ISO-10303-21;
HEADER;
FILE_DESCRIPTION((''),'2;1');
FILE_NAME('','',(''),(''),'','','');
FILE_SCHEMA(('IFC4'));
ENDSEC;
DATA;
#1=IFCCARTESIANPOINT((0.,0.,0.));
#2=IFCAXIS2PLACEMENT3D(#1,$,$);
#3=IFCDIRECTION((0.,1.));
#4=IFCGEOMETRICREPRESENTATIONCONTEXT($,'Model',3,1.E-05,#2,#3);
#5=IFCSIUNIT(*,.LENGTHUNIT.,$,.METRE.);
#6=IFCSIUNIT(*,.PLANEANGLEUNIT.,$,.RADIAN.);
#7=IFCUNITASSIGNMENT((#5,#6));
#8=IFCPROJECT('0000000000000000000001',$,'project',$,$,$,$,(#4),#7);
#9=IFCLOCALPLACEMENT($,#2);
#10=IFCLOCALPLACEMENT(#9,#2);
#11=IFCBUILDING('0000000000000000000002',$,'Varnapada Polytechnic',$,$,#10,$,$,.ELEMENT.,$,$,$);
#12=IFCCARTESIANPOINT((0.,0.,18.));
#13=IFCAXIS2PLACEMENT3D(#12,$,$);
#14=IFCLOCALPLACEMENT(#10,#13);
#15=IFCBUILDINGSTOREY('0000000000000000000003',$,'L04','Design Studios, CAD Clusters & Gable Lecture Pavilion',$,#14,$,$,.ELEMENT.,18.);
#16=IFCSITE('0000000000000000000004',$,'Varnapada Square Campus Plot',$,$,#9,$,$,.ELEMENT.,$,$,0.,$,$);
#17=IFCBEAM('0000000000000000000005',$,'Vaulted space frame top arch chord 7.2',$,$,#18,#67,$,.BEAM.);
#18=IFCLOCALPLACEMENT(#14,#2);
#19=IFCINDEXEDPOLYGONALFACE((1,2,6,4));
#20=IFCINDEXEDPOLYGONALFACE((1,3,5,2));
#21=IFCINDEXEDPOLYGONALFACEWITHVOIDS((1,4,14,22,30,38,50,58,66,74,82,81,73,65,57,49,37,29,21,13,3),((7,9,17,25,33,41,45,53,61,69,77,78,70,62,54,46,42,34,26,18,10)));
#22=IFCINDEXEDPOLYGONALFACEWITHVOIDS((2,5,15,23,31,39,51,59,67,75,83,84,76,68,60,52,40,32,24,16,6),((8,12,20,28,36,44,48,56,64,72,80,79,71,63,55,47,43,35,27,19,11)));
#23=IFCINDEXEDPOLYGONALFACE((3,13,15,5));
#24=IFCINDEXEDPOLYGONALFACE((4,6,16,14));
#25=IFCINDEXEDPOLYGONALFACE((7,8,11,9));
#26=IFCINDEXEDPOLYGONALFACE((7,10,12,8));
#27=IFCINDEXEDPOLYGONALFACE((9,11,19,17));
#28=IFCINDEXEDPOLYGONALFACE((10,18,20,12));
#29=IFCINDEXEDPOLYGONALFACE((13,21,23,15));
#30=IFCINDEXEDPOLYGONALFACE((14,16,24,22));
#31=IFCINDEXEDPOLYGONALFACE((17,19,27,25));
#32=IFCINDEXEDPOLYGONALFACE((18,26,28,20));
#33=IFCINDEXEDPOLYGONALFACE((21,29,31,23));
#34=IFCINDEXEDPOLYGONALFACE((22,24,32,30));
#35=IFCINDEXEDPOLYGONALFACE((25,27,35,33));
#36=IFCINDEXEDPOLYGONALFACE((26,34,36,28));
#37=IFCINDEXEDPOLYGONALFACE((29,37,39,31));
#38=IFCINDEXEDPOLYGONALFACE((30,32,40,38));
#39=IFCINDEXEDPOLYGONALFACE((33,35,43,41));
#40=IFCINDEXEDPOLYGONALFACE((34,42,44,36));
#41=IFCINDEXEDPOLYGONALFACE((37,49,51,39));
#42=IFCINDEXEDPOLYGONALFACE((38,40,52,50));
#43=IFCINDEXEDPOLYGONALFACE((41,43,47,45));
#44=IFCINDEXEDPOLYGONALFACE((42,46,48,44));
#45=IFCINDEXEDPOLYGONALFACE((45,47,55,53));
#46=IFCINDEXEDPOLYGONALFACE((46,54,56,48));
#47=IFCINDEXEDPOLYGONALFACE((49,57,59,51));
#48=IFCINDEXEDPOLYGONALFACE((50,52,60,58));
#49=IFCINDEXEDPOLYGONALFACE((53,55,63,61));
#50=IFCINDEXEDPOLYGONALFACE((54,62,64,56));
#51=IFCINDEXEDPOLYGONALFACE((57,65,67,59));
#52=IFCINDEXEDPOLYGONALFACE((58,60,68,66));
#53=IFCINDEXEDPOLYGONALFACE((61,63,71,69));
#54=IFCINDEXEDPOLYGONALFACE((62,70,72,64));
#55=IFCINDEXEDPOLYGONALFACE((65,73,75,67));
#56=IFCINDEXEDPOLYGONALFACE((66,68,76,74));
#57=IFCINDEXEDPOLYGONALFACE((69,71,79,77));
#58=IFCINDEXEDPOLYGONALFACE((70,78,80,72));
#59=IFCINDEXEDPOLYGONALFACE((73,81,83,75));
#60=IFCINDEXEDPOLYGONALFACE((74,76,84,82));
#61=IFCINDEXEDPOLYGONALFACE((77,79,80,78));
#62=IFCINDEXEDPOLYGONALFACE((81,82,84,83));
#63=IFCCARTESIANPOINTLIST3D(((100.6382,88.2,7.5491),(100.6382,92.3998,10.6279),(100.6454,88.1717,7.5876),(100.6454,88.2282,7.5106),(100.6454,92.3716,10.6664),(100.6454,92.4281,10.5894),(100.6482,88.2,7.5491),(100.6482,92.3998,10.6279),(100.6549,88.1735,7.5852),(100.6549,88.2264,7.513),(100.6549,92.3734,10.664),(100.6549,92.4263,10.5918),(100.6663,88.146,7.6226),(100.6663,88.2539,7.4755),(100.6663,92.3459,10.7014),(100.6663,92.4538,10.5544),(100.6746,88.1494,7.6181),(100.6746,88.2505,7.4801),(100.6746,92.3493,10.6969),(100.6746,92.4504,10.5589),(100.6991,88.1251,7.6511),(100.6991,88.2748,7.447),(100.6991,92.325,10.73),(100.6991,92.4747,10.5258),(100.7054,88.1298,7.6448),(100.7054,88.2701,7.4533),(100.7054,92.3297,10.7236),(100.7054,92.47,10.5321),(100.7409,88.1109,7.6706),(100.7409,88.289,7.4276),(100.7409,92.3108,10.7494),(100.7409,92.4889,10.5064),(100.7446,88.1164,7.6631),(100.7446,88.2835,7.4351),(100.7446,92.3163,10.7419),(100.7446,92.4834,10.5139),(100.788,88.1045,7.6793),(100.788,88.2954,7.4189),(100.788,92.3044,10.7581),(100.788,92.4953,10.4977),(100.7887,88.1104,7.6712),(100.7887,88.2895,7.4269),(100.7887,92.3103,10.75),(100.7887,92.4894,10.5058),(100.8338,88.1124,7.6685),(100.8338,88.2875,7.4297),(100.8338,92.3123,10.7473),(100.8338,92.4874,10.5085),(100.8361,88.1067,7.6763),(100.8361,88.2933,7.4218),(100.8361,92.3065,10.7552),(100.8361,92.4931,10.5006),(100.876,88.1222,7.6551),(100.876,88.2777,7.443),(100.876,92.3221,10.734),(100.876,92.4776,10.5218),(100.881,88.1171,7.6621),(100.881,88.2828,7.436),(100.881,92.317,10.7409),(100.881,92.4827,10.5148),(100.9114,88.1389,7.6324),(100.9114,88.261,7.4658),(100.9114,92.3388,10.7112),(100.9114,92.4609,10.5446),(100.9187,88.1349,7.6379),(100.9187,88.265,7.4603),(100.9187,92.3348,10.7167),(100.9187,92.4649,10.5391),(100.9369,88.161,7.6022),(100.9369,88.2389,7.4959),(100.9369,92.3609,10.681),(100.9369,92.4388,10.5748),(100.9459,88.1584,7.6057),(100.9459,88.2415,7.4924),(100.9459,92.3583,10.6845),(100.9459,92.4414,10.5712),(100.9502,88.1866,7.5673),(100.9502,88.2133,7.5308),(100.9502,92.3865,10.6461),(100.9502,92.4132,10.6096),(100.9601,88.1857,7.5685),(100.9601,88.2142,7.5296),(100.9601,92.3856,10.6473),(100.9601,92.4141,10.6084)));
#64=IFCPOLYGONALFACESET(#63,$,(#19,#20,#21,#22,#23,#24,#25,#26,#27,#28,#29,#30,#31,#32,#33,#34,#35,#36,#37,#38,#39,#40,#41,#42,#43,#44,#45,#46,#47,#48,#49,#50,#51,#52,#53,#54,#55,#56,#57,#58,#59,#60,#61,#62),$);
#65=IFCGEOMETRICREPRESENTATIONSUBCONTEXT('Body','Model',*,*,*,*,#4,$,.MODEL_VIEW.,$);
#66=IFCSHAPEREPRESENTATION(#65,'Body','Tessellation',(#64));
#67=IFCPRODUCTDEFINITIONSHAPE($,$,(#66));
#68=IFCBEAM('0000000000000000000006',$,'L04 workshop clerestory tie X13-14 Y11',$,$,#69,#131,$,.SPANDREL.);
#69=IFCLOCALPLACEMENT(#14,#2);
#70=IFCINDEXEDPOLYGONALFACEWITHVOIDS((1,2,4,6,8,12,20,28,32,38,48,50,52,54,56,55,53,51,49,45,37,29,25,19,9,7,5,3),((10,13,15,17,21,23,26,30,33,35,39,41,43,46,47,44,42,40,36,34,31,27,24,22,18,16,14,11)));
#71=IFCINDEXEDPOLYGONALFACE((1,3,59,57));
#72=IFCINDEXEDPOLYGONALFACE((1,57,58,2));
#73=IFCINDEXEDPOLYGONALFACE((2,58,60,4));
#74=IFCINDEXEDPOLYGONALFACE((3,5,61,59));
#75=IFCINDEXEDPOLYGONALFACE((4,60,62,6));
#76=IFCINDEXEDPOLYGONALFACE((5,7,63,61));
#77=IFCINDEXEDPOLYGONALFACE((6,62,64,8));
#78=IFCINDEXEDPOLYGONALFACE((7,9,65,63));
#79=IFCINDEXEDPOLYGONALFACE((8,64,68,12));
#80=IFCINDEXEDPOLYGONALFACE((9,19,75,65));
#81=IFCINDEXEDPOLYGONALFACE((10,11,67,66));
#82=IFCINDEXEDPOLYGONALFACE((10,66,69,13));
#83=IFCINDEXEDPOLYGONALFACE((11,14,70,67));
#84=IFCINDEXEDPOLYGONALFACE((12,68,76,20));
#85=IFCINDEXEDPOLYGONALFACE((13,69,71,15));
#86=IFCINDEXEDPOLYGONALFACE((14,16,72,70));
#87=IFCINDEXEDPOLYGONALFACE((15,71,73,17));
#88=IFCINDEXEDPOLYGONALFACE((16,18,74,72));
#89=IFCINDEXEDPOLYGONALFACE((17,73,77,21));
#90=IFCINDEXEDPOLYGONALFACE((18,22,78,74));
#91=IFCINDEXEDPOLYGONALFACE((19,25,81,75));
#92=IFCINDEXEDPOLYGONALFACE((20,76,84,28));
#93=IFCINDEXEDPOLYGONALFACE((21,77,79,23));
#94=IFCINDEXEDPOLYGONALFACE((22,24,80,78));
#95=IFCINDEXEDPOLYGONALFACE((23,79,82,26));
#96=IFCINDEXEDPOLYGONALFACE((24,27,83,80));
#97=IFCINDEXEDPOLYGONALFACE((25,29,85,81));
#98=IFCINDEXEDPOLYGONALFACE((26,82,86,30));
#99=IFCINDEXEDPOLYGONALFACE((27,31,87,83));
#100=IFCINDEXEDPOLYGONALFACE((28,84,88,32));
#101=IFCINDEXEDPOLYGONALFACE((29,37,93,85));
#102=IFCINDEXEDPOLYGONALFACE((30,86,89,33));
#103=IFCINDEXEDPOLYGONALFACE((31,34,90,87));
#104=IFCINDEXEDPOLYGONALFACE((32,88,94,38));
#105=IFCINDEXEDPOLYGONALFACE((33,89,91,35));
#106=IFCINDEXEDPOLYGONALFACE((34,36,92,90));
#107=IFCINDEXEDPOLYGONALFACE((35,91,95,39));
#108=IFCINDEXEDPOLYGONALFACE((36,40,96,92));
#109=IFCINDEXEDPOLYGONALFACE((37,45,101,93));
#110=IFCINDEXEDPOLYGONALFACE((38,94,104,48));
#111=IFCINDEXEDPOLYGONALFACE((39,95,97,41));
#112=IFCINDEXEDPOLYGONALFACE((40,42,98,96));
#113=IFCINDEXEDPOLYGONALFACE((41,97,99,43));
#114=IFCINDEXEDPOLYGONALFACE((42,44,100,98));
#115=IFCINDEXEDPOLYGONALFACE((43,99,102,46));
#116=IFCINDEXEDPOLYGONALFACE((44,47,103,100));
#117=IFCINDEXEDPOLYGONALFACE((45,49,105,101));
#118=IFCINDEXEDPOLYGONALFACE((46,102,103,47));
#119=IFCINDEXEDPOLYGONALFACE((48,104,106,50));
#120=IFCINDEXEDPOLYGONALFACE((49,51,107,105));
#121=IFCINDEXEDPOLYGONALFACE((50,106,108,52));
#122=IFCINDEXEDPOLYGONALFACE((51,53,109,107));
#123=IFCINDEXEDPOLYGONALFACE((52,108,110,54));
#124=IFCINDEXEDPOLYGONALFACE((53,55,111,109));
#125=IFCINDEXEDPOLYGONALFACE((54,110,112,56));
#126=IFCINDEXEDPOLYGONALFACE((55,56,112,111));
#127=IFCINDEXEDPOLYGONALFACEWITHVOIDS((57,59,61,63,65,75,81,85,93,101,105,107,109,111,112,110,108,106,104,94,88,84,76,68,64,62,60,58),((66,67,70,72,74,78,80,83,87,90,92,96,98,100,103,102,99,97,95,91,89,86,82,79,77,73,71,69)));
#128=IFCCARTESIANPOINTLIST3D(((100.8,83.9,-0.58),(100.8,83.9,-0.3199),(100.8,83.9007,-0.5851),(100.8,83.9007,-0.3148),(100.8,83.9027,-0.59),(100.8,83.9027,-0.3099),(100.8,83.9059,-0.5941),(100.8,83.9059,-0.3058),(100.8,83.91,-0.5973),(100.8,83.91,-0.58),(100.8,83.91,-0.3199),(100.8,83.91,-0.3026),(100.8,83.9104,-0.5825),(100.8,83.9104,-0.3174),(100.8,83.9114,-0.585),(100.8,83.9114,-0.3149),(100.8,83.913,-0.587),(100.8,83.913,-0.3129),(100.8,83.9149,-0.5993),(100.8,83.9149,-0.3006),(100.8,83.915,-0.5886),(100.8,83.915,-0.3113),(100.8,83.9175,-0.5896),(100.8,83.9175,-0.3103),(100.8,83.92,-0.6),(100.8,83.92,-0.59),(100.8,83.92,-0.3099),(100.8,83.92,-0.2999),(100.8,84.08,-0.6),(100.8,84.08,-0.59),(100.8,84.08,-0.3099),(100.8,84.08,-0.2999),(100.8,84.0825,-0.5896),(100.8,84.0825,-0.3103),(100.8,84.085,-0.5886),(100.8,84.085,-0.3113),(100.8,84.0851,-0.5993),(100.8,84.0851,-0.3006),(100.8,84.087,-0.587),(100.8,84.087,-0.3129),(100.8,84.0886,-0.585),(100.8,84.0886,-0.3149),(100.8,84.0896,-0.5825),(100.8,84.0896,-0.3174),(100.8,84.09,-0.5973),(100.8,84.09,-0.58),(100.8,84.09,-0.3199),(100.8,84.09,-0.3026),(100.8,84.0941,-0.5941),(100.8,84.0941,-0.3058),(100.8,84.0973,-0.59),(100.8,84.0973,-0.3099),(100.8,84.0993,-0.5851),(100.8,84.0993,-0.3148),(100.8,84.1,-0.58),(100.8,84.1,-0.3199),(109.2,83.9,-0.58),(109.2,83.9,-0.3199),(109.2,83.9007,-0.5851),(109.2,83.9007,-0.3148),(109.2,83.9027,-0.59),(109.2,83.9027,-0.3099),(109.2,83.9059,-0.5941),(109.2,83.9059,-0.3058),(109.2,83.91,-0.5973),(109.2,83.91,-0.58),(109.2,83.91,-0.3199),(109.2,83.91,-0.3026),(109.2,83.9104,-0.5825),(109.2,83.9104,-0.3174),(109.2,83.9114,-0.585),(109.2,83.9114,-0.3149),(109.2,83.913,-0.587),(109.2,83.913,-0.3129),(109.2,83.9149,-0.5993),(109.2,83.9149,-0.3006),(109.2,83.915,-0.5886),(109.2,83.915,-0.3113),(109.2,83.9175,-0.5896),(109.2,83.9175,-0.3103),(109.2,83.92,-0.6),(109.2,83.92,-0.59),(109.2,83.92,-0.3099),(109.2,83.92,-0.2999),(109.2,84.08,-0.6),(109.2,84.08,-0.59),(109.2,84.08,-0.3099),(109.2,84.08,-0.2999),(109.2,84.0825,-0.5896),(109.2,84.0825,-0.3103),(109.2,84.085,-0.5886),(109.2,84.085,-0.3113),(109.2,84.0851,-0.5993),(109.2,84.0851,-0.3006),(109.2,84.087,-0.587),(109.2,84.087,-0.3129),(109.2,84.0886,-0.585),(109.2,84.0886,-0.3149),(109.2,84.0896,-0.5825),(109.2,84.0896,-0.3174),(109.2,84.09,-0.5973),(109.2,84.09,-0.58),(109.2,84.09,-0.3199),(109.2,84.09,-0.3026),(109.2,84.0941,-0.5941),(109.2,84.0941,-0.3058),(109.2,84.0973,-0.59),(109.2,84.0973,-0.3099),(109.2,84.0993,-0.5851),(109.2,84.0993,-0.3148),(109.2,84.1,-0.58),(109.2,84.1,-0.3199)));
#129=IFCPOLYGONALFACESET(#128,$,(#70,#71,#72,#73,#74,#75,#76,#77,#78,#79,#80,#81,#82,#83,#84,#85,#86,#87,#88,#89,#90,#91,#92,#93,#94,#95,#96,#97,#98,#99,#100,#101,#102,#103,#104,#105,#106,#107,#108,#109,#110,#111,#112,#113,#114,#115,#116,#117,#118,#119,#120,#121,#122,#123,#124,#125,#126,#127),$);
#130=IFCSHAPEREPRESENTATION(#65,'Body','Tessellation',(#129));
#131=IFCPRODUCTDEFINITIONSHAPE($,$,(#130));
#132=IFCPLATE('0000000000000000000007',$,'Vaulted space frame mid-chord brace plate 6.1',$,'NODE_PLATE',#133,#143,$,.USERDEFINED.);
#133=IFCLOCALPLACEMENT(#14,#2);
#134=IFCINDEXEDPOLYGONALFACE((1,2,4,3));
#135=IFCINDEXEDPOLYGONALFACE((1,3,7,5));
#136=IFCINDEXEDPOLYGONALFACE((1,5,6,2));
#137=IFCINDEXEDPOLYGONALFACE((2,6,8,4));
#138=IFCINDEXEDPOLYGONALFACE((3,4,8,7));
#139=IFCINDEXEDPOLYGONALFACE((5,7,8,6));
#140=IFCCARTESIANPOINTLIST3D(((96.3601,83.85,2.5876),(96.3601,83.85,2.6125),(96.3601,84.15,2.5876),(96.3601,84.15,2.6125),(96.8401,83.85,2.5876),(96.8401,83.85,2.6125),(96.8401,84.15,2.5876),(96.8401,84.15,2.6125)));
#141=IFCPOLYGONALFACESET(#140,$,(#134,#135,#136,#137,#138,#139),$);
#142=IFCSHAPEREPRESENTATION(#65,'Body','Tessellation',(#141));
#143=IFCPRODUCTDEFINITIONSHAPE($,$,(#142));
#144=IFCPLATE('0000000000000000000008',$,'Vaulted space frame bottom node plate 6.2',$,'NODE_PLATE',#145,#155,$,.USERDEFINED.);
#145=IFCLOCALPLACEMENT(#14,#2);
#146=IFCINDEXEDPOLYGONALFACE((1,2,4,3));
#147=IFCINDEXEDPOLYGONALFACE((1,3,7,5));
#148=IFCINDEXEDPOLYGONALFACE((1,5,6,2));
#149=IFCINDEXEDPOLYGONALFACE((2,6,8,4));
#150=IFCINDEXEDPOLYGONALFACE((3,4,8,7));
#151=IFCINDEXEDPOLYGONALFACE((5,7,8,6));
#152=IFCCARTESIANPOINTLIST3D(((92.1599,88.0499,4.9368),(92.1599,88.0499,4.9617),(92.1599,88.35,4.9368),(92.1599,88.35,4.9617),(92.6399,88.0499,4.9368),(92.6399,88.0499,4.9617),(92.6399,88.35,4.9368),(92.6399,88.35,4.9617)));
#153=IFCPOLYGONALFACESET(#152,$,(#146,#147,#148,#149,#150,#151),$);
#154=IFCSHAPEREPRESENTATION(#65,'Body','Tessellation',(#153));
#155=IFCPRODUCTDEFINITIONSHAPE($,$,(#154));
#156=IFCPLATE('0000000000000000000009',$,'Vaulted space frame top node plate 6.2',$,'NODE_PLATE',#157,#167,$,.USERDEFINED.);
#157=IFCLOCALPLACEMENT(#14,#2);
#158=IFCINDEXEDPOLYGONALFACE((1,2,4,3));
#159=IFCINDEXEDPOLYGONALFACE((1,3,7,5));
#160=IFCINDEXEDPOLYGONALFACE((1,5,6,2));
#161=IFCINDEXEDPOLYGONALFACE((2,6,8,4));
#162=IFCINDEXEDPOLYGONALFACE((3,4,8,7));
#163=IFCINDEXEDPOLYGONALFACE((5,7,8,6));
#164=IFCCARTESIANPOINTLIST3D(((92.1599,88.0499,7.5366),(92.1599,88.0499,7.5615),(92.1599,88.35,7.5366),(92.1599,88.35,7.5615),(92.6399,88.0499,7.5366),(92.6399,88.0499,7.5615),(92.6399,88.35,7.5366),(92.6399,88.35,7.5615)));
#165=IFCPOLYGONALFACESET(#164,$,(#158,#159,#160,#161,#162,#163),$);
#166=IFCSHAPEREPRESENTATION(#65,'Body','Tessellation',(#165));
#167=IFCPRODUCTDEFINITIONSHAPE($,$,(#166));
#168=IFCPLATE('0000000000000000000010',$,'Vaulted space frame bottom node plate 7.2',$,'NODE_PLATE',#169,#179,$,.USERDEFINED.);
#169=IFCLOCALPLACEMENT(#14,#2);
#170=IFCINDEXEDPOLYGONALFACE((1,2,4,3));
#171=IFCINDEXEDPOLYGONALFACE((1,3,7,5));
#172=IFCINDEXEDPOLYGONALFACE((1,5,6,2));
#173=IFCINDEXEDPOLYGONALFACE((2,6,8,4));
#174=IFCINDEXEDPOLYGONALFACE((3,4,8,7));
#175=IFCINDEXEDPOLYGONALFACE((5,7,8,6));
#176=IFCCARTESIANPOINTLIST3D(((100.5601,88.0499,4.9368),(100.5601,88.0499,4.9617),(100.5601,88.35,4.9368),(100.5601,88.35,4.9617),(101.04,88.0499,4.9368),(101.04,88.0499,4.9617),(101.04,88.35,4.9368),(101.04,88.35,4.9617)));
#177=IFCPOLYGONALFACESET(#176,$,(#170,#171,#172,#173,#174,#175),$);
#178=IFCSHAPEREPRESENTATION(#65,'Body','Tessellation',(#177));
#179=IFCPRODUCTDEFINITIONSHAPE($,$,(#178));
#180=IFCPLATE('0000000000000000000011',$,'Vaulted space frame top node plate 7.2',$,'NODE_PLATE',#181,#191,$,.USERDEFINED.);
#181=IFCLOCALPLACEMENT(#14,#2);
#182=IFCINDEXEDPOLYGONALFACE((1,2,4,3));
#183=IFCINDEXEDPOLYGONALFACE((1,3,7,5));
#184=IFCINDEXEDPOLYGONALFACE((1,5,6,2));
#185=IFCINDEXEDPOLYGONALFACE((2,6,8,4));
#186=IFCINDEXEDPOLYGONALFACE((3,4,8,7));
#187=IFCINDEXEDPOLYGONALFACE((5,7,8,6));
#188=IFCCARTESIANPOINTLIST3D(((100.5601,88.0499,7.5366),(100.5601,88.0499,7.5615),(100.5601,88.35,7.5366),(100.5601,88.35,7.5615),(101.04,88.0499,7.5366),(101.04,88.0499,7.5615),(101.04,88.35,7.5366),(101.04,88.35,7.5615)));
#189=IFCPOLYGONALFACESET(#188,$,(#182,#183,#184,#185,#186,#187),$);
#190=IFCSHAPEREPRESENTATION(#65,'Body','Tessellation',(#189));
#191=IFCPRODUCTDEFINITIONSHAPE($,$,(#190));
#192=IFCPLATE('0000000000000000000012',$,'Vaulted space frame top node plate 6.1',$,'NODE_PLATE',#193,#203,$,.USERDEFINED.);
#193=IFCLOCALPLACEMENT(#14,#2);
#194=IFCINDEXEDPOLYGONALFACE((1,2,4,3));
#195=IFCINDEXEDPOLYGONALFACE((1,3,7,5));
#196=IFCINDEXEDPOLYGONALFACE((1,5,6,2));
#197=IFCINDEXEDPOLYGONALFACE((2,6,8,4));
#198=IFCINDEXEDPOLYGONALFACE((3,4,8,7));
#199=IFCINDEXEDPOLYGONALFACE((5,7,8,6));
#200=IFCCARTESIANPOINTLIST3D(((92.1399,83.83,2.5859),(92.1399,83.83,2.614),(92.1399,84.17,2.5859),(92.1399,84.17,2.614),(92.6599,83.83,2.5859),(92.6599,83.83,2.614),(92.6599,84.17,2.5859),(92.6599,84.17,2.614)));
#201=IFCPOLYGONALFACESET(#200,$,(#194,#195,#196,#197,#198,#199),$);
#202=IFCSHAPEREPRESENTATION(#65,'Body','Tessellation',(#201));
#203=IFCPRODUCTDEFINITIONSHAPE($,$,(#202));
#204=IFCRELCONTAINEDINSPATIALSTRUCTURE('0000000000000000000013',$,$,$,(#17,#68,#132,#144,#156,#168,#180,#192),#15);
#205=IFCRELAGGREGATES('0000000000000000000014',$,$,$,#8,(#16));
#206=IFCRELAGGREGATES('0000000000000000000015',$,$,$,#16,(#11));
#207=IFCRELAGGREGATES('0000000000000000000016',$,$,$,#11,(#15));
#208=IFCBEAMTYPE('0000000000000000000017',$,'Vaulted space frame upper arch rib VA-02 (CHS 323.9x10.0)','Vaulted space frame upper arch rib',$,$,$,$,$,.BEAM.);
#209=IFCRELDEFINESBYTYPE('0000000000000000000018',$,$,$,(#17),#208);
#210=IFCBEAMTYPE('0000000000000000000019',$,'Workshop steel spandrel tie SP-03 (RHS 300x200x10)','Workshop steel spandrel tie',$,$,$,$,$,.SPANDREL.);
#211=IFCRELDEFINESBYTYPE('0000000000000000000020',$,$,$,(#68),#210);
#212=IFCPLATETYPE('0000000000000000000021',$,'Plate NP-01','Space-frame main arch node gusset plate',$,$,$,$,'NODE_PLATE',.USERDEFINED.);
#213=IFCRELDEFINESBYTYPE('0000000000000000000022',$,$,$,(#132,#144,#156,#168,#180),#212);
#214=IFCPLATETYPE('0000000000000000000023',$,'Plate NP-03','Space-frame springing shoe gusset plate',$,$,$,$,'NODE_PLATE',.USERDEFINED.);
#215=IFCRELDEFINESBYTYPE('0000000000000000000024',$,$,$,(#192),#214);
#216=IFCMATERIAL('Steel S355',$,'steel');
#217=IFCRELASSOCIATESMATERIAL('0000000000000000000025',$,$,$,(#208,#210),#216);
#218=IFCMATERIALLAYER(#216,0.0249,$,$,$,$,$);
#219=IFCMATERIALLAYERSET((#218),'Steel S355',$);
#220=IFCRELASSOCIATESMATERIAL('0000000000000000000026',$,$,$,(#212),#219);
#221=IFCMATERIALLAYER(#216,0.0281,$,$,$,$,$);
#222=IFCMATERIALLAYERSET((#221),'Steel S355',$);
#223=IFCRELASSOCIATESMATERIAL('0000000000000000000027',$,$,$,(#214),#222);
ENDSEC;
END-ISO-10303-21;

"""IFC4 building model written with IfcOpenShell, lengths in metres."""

from ifc_helpers import new_model, si_unit, direction, frame, origin, origin_2d, place, context, subcontext, project, spatial, rectangle, hollow_rectangle, hollow_circle, extrude, material, layer, layer_set, material_profile, profile_set, type_object, element, save


model = new_model("IFC4")

# Units and contexts
model_context = context("Model", 3, precision=1e-05, world=origin(), true_north=direction((0.0, 1.0)))
body_context = subcontext(model_context, "Body", "Model", "MODEL_VIEW")
ifc_project = project(units=[si_unit("LENGTHUNIT", "METRE"), si_unit("PLANEANGLEUNIT", "RADIAN")], contexts=[model_context])

# Site, building, storey
site_placement = place(None, origin())
site = spatial("IfcSite", under=ifc_project, at=site_placement, Name="Varnapada Square Campus Plot", CompositionType="ELEMENT", RefElevation=0.0)
building_placement = place(site_placement, origin())
building = spatial("IfcBuilding", under=site, at=building_placement, Name="Varnapada Polytechnic", CompositionType="ELEMENT")
storey_placement = place(building_placement, frame((0.0, 0.0, 18.0)))
storey = spatial("IfcBuildingStorey", under=building, at=storey_placement, Name="L04", Description="Design Studios, CAD Clusters & Gable Lecture Pavilion", CompositionType="ELEMENT", Elevation=18.0)

# Shared definitions
ifc_material = material(Name="Steel S355", Category="steel")

# Beams
ifc_material_profile_1 = material_profile(ifc_material, hollow_circle(Radius=0.1619, WallThickness=0.01, at=origin_2d()), Name="CHS 323.9x10.0")
ifc_profile_set_1 = profile_set([ifc_material_profile_1], Name="Steel S355")
beam_type_1 = type_object("IfcBeamType", Name="Vaulted space frame upper arch rib VA-02 (CHS 323.9x10.0)", Description="Vaulted space frame upper arch rib", PredefinedType="BEAM", material=ifc_profile_set_1)
beam_1_placement = place(storey_placement, frame((100.8, 88.2, 7.5491), z_axis=(0.0, 0.806506, 0.591225), x_axis=(-1.0, 0.0, 0.0)))
element("IfcBeam", 1, at=beam_1_placement, inside=storey, type_object=beam_type_1, Name="Vaulted space frame top arch chord 7.2", PredefinedType="BEAM", context=body_context, shape_type="SweptSolid", body=[
    extrude(hollow_circle(Radius=0.1619, WallThickness=0.01, at=origin_2d()), origin(), (0.0, 0.0, 1.0), 5.2075),
])
ifc_material_profile_2 = material_profile(ifc_material, hollow_rectangle(XDim=0.2, YDim=0.3, WallThickness=0.01, InnerFilletRadius=0.01, OuterFilletRadius=0.02, at=origin_2d()), Name="RHS 300x200x10")
ifc_profile_set_2 = profile_set([ifc_material_profile_2], Name="Steel S355")
beam_type_2 = type_object("IfcBeamType", Name="Workshop steel spandrel tie SP-03 (RHS 300x200x10)", Description="Workshop steel spandrel tie", PredefinedType="SPANDREL", material=ifc_profile_set_2)
beam_2_placement = place(storey_placement, frame((100.8, 84.0, -0.45), z_axis=(1.0, 0.0, 0.0), x_axis=(0.0, 1.0, 0.0)))
element("IfcBeam", 2, at=beam_2_placement, inside=storey, type_object=beam_type_2, Name="L04 workshop clerestory tie X13-14 Y11", PredefinedType="SPANDREL", context=body_context, shape_type="SweptSolid", body=[
    extrude(hollow_rectangle(XDim=0.2, YDim=0.3, WallThickness=0.01, InnerFilletRadius=0.01, OuterFilletRadius=0.02, at=origin_2d()), origin(), (0.0, 0.0, 1.0), 8.3999),
])

# Plates
ifc_layer_1 = layer(ifc_material, 0.0249)
ifc_layer_set_1 = layer_set([ifc_layer_1], Name="Steel S355")
plate_type_1 = type_object("IfcPlateType", Name="Plate NP-01", Description="Space-frame main arch node gusset plate", ElementType="NODE_PLATE", PredefinedType="USERDEFINED", material=ifc_layer_set_1)
for number, where, z_axis, x_axis, name in (
    (3, (96.6001, 84.0, 2.5876), (0.0, 0.0, 1.0), (1.0, 0.0, 0.0), "Vaulted space frame mid-chord brace plate 6.1"),
    (4, (92.3999, 88.2, 4.9368), (0.0, 0.0, 1.0), (1.0, 0.0, 0.0), "Vaulted space frame bottom node plate 6.2"),
    (5, (92.3999, 88.2, 7.5366), (0.0, 0.0, 1.0), (1.0, 0.0, 0.0), "Vaulted space frame top node plate 6.2"),
    (6, (100.8, 88.2, 4.9368), (0.0, 0.0, 1.0), (1.0, 0.0, 0.0), "Vaulted space frame bottom node plate 7.2"),
    (7, (100.8, 88.2, 7.5366), (0.0, 0.0, 1.0), (1.0, 0.0, 0.0), "Vaulted space frame top node plate 7.2"),
):
    element("IfcPlate", number, at=place(storey_placement, frame(where, z_axis=z_axis, x_axis=x_axis)), inside=storey, type_object=plate_type_1, Name=name, ObjectType="NODE_PLATE", PredefinedType="USERDEFINED", context=body_context, shape_type="SweptSolid", body=[
        extrude(rectangle(XDim=0.48, YDim=0.3, at=origin_2d()), origin(), (0.0, 0.0, 1.0), 0.0249),
    ])
ifc_layer_2 = layer(ifc_material, 0.0281)
ifc_layer_set_2 = layer_set([ifc_layer_2], Name="Steel S355")
plate_type_2 = type_object("IfcPlateType", Name="Plate NP-03", Description="Space-frame springing shoe gusset plate", ElementType="NODE_PLATE", PredefinedType="USERDEFINED", material=ifc_layer_set_2)
for number, where, z_axis, x_axis, name in (
    (8, (92.3999, 84.0, 2.5859), (0.0, 0.0, 1.0), (1.0, 0.0, 0.0), "Vaulted space frame top node plate 6.1"),
):
    element("IfcPlate", number, at=place(storey_placement, frame(where, z_axis=z_axis, x_axis=x_axis)), inside=storey, type_object=plate_type_2, Name=name, ObjectType="NODE_PLATE", PredefinedType="USERDEFINED", context=body_context, shape_type="SweptSolid", body=[
        extrude(rectangle(XDim=0.52, YDim=0.3401, at=origin_2d()), origin(), (0.0, 0.0, 1.0), 0.0281),
    ])

save(model, "model.ifc")
